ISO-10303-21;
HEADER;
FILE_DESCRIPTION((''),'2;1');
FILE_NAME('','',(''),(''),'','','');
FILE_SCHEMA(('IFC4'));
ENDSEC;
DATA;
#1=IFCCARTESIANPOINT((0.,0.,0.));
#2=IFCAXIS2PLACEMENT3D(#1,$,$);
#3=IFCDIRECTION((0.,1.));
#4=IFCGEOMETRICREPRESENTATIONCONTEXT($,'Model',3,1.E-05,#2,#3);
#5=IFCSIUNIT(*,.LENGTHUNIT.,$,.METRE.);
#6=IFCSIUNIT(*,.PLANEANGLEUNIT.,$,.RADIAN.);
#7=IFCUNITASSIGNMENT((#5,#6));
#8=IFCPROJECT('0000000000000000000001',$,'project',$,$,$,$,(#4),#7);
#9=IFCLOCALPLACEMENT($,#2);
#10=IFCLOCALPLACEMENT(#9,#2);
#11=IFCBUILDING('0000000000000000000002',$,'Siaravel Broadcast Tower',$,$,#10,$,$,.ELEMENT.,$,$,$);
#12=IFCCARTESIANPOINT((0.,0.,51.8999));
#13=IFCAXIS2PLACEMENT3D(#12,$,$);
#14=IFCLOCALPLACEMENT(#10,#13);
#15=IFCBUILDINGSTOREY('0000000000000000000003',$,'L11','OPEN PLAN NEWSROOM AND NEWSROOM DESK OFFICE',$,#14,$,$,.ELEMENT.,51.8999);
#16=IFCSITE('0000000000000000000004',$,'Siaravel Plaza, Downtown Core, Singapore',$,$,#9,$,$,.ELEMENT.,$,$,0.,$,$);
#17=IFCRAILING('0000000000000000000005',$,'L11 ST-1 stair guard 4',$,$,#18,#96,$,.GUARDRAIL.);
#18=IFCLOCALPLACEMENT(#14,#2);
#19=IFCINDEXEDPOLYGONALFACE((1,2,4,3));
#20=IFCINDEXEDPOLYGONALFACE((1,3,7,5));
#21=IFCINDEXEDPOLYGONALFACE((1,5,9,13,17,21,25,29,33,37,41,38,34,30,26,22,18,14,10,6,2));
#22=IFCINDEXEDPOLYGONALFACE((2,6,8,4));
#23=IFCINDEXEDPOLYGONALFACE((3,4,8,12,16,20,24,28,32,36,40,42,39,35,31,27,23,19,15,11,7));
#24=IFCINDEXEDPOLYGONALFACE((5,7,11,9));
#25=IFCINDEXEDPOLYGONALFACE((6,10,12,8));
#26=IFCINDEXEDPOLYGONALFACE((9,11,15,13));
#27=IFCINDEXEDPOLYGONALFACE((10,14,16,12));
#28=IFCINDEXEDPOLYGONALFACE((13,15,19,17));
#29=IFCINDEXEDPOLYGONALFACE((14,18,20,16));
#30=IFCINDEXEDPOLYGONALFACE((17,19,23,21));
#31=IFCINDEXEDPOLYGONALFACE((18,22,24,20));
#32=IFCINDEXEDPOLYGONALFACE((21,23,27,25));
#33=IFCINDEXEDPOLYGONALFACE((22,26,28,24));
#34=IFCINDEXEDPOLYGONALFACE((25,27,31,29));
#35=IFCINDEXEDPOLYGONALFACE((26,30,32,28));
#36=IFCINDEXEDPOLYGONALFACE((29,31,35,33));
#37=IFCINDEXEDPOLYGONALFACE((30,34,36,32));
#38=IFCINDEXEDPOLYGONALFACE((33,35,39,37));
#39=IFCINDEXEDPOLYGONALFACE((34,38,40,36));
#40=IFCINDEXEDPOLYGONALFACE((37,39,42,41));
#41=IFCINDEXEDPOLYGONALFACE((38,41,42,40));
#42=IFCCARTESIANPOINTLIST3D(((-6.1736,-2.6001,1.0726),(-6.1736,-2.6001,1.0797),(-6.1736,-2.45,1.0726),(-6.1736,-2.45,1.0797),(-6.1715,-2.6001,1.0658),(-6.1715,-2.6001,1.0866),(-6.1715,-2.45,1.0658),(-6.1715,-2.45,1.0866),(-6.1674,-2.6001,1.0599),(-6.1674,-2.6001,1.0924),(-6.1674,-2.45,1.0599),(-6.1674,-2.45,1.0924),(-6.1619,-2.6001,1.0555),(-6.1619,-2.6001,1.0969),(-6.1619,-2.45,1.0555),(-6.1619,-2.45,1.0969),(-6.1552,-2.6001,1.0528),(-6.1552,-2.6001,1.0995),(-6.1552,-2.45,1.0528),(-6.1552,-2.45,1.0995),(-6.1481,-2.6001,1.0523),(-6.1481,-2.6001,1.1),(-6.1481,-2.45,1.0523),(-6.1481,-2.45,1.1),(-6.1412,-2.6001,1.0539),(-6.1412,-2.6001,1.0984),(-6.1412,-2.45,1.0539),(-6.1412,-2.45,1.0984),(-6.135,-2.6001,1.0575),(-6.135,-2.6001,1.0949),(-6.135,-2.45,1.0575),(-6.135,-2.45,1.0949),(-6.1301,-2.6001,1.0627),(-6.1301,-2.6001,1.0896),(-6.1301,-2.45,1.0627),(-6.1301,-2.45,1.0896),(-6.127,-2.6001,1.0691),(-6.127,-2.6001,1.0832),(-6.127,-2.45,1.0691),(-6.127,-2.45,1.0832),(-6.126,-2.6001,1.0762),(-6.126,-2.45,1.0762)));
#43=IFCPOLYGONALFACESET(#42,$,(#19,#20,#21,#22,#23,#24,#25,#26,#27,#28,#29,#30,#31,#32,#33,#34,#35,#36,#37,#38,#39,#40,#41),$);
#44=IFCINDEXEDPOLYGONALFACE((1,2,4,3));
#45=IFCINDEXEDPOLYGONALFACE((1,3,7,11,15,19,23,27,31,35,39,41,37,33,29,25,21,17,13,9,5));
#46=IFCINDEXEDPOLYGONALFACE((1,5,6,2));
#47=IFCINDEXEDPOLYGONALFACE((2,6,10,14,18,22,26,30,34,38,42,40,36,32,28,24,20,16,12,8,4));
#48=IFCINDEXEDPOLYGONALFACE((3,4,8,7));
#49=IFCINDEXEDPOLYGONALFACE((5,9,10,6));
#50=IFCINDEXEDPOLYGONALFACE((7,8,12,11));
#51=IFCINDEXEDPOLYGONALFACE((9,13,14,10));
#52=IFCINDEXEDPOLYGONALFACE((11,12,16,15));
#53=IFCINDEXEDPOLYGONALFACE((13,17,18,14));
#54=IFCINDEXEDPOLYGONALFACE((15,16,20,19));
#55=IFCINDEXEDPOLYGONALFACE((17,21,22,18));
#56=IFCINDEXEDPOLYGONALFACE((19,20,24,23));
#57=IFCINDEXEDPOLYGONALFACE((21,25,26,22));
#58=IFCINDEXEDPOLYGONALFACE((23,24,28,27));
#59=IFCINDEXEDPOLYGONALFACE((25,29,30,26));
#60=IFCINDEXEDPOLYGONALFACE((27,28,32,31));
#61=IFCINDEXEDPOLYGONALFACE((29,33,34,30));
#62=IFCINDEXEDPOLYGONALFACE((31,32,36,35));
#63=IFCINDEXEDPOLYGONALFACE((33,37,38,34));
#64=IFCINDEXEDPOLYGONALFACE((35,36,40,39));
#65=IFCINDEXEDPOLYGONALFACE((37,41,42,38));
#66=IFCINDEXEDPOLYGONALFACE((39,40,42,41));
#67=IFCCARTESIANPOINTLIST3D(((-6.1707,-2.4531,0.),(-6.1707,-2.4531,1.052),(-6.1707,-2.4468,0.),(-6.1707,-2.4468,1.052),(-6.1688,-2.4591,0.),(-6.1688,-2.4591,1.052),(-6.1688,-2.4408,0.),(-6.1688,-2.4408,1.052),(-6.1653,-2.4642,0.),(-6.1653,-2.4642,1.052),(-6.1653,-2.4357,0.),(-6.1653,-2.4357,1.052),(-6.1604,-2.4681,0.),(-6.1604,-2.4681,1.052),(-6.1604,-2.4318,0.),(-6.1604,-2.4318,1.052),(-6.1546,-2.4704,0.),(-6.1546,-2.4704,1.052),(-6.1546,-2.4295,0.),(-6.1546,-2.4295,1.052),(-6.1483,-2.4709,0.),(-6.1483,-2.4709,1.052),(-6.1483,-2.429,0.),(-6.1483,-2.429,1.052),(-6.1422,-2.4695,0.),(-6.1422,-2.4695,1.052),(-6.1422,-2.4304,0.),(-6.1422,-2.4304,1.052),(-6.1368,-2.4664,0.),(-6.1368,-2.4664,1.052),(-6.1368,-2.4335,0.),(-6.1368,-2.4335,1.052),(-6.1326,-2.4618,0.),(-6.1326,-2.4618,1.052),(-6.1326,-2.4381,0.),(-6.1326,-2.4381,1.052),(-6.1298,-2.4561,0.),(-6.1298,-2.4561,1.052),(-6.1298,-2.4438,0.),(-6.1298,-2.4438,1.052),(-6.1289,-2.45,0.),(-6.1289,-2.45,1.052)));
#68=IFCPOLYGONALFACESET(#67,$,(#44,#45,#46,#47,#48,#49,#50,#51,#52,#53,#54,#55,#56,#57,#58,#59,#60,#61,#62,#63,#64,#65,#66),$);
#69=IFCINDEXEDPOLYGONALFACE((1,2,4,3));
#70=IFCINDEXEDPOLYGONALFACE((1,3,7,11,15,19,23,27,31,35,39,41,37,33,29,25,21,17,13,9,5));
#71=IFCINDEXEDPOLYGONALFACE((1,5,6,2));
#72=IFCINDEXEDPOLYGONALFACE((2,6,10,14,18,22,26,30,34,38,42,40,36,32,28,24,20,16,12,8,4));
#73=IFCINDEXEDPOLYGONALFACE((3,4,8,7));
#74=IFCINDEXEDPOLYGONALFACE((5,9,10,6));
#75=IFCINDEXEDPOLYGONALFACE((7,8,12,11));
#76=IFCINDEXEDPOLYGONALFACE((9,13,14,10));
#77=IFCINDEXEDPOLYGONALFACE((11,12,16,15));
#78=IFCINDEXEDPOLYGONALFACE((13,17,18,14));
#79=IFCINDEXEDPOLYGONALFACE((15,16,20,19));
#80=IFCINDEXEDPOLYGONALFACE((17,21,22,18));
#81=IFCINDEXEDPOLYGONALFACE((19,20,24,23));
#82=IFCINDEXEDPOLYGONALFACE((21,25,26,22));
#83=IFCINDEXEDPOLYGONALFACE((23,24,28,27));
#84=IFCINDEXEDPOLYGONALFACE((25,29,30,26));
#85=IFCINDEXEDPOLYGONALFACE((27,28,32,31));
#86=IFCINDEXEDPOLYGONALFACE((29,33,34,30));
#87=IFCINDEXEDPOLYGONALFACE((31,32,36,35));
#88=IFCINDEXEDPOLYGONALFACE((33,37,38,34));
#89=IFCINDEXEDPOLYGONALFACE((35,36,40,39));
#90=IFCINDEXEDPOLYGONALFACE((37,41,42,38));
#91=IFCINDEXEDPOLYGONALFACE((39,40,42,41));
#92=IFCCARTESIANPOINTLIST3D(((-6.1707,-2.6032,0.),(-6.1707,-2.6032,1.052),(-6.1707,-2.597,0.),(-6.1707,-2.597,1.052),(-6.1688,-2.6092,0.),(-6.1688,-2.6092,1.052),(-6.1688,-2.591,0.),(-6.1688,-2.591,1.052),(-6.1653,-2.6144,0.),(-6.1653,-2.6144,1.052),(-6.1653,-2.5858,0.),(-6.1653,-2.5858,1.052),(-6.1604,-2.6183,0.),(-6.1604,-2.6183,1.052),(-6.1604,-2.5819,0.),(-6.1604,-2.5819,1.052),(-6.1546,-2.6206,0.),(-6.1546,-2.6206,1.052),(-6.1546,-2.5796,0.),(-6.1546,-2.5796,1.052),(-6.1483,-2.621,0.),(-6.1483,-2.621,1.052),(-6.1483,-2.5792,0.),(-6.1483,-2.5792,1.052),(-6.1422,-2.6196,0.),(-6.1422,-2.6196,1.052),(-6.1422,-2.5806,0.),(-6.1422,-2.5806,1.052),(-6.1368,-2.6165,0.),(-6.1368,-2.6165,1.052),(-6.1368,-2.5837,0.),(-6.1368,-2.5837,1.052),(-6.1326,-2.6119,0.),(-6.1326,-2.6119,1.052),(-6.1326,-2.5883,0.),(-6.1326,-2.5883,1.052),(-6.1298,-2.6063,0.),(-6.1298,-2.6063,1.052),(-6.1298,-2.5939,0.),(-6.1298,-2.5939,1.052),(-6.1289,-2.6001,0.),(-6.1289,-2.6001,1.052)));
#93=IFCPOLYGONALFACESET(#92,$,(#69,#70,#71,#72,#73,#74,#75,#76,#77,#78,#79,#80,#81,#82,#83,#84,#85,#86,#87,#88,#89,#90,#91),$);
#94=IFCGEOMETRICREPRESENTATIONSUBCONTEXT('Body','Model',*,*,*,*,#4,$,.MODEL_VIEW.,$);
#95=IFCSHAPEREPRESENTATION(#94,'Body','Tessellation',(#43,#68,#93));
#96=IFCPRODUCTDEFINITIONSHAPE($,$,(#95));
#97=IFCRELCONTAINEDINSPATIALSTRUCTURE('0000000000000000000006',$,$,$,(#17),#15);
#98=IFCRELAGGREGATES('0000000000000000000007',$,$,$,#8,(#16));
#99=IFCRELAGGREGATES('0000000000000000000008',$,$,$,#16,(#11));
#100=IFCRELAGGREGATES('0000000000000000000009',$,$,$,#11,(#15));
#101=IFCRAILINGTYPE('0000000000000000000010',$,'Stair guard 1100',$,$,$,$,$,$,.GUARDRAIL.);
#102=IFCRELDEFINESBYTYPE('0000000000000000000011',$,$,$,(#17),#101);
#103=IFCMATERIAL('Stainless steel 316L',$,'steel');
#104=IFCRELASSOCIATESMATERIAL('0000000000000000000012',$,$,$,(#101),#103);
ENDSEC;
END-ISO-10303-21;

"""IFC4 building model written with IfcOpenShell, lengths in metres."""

from ifc_helpers import new_model, si_unit, direction, frame, origin, origin_2d, place, context, subcontext, project, spatial, circle, extrude, material, type_object, element, save


model = new_model("IFC4")

# Units and contexts
model_context = context("Model", 3, precision=1e-05, world=origin(), true_north=direction((0.0, 1.0)))
body_context = subcontext(model_context, "Body", "Model", "MODEL_VIEW")
ifc_project = project(units=[si_unit("LENGTHUNIT", "METRE"), si_unit("PLANEANGLEUNIT", "RADIAN")], contexts=[model_context])

# Site, building, storey
site_placement = place(None, origin())
site = spatial("IfcSite", under=ifc_project, at=site_placement, Name="Siaravel Plaza, Downtown Core, Singapore", CompositionType="ELEMENT", RefElevation=0.0)
building_placement = place(site_placement, origin())
building = spatial("IfcBuilding", under=site, at=building_placement, Name="Siaravel Broadcast Tower", CompositionType="ELEMENT")
storey_placement = place(building_placement, frame((0.0, 0.0, 51.8999)))
storey = spatial("IfcBuildingStorey", under=building, at=storey_placement, Name="L11", Description="OPEN PLAN NEWSROOM AND NEWSROOM DESK OFFICE", CompositionType="ELEMENT", Elevation=51.8999)

# Railing
ifc_material_1 = material(Name="Stainless steel 316L", Category="steel")
railing_type_1 = type_object("IfcRailingType", Name="Stair guard 1100", PredefinedType="GUARDRAIL", material=ifc_material_1)
railing_1_placement = place(storey_placement, frame((-6.1499, -2.45, 0.0)))
element("IfcRailing", 1, at=railing_1_placement, inside=storey, type_object=railing_type_1, Name="L11 ST-1 stair guard 4", PredefinedType="GUARDRAIL", context=body_context, shape_type="SweptSolid", body=[
    extrude(circle(Radius=0.0239, at=origin_2d()), frame((0.0, 0.0, 1.0762), z_axis=(0.0, -1.0, 0.0), x_axis=(1.0, 0.0, 0.0)), (0.0, 0.0, 1.0), 0.1501),
    extrude(circle(Radius=0.021, at=origin_2d()), origin(), (0.0, 0.0, 1.0), 1.052),
    extrude(circle(Radius=0.021, at=origin_2d()), frame((0.0, -0.1501, 0.0)), (0.0, 0.0, 1.0), 1.052),
])

save(model, "model.ifc")
